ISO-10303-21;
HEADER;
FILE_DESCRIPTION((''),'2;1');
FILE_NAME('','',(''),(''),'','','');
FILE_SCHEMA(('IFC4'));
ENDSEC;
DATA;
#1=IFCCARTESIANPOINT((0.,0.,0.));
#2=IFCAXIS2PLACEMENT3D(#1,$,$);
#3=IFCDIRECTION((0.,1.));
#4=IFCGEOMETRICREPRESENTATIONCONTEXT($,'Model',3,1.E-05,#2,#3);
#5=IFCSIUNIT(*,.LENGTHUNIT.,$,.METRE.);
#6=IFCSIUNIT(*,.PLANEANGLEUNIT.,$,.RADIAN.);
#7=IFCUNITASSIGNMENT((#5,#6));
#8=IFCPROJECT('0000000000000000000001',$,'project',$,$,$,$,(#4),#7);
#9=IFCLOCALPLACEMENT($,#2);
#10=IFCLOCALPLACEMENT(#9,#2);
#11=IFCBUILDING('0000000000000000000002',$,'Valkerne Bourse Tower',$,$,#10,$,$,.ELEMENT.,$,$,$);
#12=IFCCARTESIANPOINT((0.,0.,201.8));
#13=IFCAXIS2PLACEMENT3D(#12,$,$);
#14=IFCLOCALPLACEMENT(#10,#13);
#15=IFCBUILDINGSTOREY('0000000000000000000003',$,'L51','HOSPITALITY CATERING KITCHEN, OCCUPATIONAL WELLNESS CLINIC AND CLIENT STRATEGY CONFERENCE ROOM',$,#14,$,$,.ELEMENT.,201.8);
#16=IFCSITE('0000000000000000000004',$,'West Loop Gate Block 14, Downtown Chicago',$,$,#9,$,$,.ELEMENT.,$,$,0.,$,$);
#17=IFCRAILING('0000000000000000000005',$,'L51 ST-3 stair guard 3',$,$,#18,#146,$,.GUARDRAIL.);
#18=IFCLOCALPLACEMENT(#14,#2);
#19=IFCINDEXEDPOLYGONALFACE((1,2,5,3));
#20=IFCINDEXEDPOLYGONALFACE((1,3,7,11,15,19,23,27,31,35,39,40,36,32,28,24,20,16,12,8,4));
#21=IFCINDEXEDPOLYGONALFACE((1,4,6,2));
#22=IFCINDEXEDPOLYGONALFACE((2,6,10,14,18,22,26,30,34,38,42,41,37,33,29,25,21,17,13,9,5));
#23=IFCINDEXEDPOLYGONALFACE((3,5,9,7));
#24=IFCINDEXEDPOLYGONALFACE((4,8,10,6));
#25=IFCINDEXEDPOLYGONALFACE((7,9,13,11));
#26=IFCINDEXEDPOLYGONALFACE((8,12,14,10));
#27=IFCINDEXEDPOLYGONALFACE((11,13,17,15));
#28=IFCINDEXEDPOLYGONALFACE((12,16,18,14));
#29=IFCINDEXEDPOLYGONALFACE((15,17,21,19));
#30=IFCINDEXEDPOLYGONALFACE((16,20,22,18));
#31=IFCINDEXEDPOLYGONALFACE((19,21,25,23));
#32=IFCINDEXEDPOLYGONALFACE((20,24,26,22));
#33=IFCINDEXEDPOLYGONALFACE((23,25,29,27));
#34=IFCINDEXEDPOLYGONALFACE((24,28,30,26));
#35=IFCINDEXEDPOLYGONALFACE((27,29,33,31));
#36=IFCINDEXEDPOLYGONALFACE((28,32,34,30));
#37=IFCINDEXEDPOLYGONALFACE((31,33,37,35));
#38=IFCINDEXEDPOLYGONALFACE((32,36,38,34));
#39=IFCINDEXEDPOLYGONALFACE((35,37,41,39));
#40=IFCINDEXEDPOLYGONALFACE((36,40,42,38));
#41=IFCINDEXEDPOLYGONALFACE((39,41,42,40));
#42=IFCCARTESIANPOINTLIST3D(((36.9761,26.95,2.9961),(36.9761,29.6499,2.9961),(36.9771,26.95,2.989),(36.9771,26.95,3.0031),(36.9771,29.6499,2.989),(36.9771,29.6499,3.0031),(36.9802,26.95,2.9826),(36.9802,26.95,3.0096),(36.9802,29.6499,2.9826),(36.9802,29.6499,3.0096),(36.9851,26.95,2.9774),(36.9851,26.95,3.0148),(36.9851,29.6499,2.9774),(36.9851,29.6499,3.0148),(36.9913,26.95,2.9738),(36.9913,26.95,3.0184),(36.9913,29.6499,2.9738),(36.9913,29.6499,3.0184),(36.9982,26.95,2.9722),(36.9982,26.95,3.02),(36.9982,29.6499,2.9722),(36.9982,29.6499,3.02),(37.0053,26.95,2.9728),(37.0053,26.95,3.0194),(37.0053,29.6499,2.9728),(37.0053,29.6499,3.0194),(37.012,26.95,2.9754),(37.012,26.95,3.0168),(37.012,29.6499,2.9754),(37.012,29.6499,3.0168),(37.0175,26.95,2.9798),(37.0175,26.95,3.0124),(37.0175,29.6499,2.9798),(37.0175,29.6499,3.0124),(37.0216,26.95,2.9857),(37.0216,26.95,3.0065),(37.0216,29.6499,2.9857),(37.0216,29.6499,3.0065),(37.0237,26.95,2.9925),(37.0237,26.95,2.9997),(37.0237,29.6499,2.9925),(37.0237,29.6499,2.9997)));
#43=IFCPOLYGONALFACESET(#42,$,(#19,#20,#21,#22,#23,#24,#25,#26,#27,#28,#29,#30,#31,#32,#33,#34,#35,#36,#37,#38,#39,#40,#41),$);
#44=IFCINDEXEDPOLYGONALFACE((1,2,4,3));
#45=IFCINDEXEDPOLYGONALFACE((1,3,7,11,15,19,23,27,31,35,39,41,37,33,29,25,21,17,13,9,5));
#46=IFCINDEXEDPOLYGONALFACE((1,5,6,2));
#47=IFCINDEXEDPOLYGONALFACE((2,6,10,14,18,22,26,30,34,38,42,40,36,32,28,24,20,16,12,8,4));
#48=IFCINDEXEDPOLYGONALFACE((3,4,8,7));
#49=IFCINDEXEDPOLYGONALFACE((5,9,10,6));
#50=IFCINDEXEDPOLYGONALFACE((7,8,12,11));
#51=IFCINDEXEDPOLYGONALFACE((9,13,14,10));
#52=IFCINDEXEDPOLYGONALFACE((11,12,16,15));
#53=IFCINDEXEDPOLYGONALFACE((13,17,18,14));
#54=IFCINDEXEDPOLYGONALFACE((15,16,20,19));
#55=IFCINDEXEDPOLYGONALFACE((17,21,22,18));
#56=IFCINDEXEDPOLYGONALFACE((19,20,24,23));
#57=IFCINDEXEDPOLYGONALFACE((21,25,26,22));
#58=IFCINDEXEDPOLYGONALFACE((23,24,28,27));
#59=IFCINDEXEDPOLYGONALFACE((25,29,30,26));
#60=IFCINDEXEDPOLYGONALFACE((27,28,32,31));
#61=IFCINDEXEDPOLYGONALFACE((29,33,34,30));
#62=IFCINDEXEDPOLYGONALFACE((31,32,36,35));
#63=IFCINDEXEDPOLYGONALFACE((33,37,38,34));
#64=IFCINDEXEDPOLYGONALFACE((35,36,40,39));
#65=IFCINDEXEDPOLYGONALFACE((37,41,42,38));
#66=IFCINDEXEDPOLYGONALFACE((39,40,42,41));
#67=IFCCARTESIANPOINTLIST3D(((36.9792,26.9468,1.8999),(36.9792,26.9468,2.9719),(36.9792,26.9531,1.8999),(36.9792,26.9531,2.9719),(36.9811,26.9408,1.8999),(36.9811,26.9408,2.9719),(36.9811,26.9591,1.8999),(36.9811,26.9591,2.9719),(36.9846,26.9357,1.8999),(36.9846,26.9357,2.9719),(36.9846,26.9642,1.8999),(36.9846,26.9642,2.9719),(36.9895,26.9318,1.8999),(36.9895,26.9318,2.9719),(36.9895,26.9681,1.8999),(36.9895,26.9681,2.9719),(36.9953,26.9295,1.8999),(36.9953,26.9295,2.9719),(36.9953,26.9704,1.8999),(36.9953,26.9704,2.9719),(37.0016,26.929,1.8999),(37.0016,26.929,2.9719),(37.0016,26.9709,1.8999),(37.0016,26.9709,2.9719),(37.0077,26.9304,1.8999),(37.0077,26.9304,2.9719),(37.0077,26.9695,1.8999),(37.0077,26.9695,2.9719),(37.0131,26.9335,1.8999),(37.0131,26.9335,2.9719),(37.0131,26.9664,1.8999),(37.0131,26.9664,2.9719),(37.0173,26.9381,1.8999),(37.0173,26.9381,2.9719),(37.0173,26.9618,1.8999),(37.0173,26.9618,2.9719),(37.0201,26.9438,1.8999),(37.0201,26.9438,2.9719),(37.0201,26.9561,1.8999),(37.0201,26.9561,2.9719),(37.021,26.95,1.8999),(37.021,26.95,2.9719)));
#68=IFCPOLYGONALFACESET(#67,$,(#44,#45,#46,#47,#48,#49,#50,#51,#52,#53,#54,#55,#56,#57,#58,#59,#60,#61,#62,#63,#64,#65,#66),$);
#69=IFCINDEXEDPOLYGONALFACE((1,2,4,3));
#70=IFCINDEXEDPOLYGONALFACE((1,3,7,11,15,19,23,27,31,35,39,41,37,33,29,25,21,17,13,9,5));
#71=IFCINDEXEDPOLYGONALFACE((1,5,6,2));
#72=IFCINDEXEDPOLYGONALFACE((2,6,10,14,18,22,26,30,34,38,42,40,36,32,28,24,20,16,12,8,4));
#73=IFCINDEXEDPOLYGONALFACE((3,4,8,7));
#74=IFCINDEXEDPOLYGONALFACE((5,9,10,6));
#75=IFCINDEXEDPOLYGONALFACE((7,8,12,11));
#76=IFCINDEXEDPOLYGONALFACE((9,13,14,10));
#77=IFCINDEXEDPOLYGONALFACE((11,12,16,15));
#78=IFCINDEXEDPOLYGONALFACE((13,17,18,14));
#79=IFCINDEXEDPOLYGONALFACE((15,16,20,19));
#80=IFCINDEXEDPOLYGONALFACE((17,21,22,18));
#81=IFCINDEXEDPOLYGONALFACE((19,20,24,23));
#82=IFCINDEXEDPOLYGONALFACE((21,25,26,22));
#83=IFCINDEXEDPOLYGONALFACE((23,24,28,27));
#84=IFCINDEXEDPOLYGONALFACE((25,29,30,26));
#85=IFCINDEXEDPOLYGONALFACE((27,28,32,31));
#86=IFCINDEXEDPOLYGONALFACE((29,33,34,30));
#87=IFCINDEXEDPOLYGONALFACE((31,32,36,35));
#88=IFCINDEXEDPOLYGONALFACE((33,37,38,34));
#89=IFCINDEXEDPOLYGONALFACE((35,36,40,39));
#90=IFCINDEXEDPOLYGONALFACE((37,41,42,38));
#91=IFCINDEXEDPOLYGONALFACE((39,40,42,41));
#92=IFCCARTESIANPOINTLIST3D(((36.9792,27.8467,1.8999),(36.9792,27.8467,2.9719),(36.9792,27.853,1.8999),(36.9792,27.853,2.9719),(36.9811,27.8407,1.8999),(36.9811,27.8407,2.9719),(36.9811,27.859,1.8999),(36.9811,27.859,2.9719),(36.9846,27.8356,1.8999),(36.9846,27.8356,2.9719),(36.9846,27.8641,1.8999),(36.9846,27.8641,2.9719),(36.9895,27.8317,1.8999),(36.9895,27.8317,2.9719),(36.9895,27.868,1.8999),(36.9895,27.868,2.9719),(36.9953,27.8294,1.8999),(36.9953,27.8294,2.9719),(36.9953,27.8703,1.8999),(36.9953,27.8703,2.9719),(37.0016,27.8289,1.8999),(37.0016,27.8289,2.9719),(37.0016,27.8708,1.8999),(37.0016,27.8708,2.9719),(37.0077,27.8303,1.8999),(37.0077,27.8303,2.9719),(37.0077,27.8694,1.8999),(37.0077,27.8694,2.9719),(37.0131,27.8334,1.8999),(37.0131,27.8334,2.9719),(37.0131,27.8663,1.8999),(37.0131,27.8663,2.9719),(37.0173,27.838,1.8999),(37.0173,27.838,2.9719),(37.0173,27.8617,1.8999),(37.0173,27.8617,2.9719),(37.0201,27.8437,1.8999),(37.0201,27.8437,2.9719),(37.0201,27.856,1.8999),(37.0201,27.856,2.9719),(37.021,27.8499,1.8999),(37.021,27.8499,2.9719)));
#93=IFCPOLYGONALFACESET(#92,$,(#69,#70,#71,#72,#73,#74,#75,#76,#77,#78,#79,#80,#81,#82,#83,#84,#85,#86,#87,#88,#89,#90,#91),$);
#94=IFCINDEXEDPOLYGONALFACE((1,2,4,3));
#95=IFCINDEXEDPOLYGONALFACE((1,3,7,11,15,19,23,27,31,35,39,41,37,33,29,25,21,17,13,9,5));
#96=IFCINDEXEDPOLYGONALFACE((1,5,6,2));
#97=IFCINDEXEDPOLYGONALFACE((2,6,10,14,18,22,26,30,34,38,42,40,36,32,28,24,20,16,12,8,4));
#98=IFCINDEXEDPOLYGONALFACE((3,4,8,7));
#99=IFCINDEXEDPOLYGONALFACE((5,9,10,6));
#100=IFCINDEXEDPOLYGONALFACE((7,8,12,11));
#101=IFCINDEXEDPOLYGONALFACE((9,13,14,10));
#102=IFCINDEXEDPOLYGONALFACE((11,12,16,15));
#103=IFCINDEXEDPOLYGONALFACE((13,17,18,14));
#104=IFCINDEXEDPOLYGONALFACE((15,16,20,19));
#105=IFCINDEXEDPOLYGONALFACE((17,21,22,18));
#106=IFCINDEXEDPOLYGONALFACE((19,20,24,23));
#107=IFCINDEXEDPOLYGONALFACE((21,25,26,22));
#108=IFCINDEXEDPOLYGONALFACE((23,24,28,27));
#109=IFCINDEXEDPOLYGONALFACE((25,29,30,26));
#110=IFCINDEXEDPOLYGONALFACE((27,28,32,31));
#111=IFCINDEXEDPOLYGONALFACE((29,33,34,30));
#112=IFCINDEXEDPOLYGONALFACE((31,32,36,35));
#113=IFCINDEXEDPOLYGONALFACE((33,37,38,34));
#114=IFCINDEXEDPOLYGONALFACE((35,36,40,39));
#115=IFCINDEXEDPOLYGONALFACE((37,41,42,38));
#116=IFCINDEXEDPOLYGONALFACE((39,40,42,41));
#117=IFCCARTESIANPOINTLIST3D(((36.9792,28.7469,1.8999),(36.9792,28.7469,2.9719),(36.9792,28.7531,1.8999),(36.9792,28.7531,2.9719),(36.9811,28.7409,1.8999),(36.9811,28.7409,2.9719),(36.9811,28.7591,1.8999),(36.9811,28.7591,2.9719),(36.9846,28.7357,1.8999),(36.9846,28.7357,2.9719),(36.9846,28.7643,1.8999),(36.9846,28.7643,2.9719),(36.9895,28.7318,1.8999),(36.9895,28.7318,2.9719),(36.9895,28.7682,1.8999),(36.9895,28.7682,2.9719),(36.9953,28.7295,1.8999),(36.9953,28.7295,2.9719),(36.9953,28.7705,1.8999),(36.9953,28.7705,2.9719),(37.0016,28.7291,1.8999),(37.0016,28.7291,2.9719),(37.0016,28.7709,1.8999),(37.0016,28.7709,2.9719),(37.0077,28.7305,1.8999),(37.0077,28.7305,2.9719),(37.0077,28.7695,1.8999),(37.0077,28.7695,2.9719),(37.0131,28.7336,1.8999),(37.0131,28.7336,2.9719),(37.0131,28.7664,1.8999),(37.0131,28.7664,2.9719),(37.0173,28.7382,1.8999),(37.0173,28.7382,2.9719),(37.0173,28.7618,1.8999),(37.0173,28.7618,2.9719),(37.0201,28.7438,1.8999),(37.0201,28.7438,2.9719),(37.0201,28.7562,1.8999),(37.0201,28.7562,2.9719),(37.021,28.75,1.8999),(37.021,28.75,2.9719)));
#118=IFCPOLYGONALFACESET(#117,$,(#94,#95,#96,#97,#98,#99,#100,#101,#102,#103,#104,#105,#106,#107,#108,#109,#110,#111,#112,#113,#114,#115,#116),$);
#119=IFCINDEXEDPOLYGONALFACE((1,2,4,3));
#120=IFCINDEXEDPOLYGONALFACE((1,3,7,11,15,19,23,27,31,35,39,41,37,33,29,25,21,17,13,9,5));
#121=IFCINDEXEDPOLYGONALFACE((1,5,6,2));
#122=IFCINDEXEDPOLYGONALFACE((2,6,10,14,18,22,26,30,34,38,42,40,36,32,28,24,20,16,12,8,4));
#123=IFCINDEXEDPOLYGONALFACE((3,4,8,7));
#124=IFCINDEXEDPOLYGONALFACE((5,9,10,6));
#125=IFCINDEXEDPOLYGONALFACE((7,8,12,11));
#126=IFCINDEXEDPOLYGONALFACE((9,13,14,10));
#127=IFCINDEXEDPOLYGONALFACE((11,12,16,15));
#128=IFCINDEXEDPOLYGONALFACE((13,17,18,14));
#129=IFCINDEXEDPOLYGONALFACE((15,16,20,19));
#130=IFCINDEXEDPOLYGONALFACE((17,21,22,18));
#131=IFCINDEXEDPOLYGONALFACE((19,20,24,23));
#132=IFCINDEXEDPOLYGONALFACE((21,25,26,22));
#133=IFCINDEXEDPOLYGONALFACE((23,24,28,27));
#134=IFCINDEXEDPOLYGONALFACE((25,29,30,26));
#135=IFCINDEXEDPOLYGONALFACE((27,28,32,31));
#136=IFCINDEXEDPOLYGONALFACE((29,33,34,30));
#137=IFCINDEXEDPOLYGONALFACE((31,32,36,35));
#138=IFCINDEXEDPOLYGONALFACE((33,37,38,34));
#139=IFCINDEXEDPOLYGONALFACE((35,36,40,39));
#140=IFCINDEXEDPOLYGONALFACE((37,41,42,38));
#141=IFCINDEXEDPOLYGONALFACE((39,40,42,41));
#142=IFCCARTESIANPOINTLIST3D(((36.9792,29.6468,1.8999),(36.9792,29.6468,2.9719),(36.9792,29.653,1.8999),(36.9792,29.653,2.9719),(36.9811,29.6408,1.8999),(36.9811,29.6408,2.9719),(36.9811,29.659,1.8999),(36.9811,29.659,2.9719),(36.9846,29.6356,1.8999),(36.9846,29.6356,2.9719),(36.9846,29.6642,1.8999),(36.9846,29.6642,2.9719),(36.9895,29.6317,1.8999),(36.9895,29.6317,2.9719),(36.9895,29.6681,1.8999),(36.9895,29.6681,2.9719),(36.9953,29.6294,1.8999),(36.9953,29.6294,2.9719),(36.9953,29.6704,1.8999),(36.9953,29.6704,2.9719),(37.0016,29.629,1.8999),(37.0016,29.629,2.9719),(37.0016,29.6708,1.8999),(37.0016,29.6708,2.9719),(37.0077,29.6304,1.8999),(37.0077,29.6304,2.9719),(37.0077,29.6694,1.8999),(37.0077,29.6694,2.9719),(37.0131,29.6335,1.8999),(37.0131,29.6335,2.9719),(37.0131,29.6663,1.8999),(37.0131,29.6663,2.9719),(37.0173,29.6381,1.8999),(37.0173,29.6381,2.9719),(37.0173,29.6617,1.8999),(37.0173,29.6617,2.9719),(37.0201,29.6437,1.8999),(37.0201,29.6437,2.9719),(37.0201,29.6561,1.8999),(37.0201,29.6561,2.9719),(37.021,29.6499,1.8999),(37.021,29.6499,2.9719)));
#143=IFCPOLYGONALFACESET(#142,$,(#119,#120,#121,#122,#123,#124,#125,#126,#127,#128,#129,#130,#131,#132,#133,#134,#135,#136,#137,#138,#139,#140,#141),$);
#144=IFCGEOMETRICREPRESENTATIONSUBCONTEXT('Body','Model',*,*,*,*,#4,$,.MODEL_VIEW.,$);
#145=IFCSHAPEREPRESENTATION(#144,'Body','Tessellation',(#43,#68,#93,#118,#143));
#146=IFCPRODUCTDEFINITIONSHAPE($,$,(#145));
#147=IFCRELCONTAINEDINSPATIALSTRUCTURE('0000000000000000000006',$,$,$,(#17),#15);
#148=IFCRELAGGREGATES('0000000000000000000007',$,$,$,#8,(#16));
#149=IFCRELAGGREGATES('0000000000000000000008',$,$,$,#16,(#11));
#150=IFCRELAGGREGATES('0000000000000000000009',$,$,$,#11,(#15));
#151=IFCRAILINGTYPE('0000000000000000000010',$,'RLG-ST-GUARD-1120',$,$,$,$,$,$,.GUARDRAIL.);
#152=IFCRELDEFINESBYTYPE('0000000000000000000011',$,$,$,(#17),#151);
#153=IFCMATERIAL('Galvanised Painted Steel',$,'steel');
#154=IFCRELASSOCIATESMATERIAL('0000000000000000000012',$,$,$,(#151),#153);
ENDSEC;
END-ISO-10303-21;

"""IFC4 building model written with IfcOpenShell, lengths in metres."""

from ifc_helpers import new_model, si_unit, direction, frame, origin, origin_2d, place, context, subcontext, project, spatial, circle, extrude, material, type_object, element, save


model = new_model("IFC4")

# Units and contexts
model_context = context("Model", 3, precision=1e-05, world=origin(), true_north=direction((0.0, 1.0)))
body_context = subcontext(model_context, "Body", "Model", "MODEL_VIEW")
ifc_project = project(units=[si_unit("LENGTHUNIT", "METRE"), si_unit("PLANEANGLEUNIT", "RADIAN")], contexts=[model_context])

# Site, building, storey
site_placement = place(None, origin())
site = spatial("IfcSite", under=ifc_project, at=site_placement, Name="West Loop Gate Block 14, Downtown Chicago", CompositionType="ELEMENT", RefElevation=0.0)
building_placement = place(site_placement, origin())
building = spatial("IfcBuilding", under=site, at=building_placement, Name="Valkerne Bourse Tower", CompositionType="ELEMENT")
storey_placement = place(building_placement, frame((0.0, 0.0, 201.8)))
storey = spatial("IfcBuildingStorey", under=building, at=storey_placement, Name="L51", Description="HOSPITALITY CATERING KITCHEN, OCCUPATIONAL WELLNESS CLINIC AND CLIENT STRATEGY CONFERENCE ROOM", CompositionType="ELEMENT", Elevation=201.8)

# Railing
ifc_material_1 = material(Name="Galvanised Painted Steel", Category="steel")
railing_type_1 = type_object("IfcRailingType", Name="RLG-ST-GUARD-1120", PredefinedType="GUARDRAIL", material=ifc_material_1)
for number, where, name in (
    (1, (37.0, 26.95, 1.8999), "L51 ST-3 stair guard 3"),
):
    element("IfcRailing", number, at=place(storey_placement, frame(where)), inside=storey, type_object=railing_type_1, Name=name, PredefinedType="GUARDRAIL", context=body_context, shape_type="SweptSolid", body=[
        extrude(circle(Radius=0.0239, at=origin_2d()), frame((0.0, 0.0, 1.0962), z_axis=(0.0, 1.0, 0.0), x_axis=(-1.0, 0.0, 0.0)), (0.0, 0.0, 1.0), 2.7),
        extrude(circle(Radius=0.021, at=origin_2d()), origin(), (0.0, 0.0, 1.0), 1.072),
        extrude(circle(Radius=0.021, at=origin_2d()), frame((0.0, 0.8999, 0.0)), (0.0, 0.0, 1.0), 1.072),
        extrude(circle(Radius=0.021, at=origin_2d()), frame((0.0, 1.8, 0.0)), (0.0, 0.0, 1.0), 1.072),
        extrude(circle(Radius=0.021, at=origin_2d()), frame((0.0, 2.7, 0.0)), (0.0, 0.0, 1.0), 1.072),
    ])

save(model, "model.ifc")
